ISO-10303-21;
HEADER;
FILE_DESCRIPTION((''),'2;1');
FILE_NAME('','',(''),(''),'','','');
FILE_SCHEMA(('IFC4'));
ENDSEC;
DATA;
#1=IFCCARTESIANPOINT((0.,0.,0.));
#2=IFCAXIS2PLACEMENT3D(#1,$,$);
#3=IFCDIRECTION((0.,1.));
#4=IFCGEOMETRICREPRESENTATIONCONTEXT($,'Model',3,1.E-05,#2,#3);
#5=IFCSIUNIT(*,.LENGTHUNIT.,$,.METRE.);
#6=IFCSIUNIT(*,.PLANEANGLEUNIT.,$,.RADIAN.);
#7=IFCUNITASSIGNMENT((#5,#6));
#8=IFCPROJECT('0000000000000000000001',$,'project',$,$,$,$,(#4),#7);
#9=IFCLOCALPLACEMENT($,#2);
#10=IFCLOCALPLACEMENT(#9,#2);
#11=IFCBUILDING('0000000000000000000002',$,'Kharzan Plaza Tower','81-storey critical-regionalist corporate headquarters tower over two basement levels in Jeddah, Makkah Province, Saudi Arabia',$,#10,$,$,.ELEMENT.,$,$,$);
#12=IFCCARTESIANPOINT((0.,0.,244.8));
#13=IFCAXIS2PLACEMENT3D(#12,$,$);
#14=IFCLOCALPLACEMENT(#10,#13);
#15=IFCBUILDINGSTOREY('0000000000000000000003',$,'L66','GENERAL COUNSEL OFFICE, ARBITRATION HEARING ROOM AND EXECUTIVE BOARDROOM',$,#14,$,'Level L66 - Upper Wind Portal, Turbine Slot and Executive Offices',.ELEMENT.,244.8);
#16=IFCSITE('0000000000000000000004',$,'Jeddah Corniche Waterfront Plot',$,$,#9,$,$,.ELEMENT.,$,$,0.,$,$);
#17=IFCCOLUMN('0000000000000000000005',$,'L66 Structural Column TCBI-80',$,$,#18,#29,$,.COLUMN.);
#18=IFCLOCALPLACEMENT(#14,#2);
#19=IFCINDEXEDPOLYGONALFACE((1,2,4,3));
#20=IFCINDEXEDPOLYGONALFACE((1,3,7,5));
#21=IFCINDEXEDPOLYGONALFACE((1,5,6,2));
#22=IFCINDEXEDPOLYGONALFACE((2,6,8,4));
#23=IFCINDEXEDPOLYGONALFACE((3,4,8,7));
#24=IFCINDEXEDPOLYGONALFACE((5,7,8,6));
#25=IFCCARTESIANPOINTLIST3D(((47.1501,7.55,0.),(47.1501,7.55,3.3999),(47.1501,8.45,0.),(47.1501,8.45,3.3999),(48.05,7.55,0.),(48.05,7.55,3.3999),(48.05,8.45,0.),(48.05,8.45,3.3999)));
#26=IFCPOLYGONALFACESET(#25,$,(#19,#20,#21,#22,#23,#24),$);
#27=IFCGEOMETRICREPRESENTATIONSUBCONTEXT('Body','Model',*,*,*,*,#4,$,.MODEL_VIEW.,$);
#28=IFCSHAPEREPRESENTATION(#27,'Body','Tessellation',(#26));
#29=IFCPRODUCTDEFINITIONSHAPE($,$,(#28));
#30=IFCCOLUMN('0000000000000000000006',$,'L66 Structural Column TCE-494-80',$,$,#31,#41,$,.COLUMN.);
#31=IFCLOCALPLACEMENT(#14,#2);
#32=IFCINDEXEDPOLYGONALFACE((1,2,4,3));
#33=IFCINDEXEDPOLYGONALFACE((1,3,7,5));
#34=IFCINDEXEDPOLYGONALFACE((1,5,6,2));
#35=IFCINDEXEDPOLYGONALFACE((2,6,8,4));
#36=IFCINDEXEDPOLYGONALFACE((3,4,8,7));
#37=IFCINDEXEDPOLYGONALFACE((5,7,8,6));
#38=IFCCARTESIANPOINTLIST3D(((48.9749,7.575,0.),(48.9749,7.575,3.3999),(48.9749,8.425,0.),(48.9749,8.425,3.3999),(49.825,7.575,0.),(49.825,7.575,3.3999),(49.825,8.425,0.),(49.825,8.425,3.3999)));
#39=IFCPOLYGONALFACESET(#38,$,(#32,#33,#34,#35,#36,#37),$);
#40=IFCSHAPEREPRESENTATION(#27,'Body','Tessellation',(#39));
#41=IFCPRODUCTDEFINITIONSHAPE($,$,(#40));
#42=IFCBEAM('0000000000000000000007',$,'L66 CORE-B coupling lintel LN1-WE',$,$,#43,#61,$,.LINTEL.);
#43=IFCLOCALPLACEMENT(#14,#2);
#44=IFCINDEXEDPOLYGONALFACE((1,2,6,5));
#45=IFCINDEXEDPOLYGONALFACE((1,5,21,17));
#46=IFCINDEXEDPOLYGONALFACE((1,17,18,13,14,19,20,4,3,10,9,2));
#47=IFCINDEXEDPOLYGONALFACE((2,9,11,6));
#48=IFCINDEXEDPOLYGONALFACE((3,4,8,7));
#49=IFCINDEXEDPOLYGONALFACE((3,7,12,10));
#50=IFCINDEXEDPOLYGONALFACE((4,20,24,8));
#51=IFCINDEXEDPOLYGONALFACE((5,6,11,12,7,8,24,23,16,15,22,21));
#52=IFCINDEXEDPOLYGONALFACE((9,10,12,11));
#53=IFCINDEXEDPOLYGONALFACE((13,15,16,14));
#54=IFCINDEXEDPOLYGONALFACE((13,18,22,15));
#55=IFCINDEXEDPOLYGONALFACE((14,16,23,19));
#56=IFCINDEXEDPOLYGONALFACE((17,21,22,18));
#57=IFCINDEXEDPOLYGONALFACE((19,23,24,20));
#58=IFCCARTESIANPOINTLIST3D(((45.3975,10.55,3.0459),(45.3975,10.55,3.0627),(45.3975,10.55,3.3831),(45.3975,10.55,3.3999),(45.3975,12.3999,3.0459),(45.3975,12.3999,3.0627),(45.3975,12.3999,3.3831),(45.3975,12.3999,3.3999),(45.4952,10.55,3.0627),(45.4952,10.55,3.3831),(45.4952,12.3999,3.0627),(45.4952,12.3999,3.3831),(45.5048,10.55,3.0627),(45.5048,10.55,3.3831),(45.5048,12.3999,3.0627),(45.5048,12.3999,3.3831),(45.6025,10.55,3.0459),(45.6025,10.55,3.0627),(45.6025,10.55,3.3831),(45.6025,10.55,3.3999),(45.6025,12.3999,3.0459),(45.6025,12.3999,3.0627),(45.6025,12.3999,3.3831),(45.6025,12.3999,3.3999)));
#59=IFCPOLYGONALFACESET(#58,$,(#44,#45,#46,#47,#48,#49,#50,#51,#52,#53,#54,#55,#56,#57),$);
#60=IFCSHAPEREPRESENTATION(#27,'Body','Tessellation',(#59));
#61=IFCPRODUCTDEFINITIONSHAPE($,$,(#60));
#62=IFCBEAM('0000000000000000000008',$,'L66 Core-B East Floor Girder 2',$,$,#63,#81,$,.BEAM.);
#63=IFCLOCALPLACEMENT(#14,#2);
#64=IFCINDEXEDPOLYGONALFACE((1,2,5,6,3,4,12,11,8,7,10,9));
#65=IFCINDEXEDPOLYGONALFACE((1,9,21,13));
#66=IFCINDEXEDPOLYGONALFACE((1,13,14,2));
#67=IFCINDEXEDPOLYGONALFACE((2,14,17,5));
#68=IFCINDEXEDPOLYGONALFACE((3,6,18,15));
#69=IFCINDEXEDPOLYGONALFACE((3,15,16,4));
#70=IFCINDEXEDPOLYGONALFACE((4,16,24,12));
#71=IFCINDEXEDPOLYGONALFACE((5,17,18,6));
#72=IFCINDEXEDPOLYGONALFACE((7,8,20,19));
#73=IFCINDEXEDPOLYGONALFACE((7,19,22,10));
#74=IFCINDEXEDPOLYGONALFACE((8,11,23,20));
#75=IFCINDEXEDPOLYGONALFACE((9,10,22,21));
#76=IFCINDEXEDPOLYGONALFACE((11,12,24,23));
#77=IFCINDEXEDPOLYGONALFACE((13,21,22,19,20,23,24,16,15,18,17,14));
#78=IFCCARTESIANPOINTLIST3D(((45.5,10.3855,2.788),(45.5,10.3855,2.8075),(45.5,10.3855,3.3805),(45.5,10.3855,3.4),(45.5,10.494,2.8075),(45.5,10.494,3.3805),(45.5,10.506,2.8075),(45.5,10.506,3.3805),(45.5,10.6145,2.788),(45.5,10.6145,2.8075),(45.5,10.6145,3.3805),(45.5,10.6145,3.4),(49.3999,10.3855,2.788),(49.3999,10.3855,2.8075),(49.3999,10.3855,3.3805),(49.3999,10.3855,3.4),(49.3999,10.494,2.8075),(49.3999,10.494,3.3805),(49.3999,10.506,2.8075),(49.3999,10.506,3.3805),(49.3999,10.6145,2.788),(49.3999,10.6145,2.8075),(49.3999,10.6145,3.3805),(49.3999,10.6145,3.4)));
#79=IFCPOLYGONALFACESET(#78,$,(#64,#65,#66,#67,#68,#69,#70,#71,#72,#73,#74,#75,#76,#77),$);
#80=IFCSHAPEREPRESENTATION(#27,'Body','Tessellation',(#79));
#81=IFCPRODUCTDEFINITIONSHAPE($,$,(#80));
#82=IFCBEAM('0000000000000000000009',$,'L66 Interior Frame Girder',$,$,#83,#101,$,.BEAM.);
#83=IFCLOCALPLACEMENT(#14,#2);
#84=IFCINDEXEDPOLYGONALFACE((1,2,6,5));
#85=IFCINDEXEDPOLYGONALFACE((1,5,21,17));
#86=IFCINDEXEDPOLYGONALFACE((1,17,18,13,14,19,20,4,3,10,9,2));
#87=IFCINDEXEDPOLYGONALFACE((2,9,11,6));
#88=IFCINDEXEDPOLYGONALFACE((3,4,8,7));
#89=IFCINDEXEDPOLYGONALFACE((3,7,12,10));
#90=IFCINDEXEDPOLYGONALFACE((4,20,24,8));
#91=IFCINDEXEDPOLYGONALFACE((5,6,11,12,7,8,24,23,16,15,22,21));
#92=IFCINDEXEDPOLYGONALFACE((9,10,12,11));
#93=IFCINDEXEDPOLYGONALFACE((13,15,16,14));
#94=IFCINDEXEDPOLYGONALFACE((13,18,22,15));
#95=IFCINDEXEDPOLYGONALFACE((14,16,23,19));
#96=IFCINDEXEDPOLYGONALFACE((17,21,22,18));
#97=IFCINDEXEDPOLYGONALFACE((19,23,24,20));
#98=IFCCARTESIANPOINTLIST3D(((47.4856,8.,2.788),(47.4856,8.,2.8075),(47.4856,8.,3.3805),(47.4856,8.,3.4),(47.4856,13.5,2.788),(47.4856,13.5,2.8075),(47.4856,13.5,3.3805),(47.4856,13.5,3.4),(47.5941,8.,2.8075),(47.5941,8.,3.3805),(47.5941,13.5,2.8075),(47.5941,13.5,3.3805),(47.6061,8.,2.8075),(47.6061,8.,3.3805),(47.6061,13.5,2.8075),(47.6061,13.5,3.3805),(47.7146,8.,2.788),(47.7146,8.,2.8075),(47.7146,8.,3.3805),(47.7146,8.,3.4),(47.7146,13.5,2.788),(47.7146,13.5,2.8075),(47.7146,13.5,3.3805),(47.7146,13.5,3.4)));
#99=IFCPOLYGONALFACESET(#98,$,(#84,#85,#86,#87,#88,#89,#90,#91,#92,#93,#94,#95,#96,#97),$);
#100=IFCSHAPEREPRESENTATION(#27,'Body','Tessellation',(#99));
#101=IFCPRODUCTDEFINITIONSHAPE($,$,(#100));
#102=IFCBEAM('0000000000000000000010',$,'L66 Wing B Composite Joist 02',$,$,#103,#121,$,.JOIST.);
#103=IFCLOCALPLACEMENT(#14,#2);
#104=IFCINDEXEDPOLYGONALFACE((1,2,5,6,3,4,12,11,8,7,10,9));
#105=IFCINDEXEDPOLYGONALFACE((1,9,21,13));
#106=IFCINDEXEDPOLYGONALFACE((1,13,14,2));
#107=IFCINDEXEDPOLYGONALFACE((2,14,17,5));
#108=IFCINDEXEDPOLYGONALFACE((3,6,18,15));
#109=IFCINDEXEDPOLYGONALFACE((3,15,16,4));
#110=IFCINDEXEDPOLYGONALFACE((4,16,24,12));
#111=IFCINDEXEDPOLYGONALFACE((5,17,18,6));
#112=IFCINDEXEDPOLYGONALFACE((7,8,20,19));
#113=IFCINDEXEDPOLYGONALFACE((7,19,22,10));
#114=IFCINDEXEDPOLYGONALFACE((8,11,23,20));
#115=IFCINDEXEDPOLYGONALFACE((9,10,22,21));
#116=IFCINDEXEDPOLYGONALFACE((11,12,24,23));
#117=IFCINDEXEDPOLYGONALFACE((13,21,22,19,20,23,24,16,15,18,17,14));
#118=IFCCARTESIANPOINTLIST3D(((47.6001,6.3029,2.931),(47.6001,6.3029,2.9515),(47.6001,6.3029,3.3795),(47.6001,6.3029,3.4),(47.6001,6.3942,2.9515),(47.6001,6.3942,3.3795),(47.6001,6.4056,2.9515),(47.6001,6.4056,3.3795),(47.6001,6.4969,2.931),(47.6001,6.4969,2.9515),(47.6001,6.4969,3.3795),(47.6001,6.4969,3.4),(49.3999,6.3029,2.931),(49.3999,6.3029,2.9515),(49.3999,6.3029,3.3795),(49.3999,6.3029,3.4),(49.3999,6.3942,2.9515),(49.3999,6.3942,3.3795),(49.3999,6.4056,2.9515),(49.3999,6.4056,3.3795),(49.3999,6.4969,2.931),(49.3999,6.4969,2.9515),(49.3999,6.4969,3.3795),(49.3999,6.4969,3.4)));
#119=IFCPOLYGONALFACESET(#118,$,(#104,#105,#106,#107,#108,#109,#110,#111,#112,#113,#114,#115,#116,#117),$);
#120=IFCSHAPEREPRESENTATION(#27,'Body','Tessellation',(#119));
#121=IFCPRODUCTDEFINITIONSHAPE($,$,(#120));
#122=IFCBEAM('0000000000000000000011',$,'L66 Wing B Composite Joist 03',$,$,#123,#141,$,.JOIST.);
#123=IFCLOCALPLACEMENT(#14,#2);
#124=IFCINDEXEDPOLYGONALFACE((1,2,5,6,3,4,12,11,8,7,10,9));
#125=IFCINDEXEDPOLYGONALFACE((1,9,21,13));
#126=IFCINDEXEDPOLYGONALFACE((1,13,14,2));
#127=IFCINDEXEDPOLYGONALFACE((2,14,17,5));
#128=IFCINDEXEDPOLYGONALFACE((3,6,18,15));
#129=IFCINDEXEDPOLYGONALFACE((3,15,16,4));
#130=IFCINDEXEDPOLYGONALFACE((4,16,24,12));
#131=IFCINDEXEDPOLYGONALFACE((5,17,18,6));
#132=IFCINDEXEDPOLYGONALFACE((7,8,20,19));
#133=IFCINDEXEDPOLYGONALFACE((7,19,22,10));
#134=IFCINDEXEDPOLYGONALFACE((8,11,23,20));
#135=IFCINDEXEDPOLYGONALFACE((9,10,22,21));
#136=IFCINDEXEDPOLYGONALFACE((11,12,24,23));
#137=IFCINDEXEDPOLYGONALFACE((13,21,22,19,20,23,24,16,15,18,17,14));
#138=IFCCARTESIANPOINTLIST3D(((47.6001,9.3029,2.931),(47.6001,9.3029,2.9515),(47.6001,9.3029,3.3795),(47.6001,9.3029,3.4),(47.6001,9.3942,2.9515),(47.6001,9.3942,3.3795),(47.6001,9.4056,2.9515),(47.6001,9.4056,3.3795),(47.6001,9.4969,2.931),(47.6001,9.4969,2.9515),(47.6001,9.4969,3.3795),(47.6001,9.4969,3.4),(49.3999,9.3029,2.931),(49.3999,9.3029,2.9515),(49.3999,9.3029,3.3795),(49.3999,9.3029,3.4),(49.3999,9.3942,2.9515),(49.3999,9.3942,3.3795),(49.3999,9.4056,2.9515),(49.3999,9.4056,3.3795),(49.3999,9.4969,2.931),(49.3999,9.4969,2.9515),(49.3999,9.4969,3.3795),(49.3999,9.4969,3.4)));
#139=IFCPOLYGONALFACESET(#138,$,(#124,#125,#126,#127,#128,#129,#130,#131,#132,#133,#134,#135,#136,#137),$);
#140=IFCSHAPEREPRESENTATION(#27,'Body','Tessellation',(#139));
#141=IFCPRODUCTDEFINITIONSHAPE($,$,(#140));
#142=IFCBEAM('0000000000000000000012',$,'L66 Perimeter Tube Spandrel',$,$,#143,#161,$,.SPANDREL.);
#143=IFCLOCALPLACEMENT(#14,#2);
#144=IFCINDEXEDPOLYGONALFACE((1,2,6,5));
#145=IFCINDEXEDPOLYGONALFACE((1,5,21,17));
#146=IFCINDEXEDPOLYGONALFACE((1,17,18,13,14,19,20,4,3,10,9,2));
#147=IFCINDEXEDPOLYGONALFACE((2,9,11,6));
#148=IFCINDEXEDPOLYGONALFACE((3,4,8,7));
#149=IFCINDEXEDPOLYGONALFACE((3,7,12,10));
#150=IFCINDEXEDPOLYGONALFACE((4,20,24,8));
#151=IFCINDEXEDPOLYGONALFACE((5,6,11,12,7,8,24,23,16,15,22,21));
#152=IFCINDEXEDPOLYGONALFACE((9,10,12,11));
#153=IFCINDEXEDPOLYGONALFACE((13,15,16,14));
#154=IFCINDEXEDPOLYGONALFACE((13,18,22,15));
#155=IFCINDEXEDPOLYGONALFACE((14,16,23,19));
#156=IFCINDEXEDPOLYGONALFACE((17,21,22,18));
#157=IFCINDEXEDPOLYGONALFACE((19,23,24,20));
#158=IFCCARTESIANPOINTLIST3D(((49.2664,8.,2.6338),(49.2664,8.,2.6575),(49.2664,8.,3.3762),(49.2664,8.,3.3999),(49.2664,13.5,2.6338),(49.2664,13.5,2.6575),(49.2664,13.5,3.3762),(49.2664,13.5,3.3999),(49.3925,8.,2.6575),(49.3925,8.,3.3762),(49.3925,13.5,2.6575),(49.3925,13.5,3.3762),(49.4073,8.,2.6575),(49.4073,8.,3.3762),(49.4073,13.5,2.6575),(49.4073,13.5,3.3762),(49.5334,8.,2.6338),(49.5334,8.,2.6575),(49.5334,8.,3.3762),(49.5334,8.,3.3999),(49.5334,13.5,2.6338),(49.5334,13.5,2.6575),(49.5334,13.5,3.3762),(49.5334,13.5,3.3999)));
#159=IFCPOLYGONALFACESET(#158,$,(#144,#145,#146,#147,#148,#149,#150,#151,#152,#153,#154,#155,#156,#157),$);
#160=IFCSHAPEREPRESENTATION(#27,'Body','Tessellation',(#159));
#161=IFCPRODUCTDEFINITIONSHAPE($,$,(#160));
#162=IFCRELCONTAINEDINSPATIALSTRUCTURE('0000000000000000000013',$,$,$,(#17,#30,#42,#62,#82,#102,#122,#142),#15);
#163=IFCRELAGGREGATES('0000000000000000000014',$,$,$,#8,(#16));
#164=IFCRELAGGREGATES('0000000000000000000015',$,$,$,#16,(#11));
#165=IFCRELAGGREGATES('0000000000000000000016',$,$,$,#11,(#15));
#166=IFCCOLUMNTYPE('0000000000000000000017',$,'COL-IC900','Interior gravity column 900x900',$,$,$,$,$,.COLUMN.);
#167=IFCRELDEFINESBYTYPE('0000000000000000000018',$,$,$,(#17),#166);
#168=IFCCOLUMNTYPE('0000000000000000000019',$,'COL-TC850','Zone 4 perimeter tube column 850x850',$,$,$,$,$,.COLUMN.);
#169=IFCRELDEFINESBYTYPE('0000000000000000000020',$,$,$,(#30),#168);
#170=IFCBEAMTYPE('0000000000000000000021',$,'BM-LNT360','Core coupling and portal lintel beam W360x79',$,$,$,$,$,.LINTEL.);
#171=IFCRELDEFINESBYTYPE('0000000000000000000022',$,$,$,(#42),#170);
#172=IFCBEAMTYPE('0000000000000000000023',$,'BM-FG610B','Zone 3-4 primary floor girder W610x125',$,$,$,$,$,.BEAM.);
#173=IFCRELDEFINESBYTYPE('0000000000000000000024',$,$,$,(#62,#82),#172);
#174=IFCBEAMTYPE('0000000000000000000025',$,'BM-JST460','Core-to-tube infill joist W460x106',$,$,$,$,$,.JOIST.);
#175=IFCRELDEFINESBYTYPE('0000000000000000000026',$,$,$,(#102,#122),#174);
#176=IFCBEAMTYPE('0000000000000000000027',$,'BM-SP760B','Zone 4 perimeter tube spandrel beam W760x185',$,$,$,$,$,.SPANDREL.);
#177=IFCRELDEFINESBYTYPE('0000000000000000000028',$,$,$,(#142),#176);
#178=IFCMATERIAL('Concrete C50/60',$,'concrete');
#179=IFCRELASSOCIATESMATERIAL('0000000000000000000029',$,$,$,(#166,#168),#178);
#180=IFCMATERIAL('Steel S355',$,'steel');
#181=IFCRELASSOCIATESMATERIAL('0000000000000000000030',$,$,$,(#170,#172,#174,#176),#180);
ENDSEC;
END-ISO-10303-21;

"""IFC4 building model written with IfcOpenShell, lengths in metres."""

from ifc_helpers import new_model, si_unit, direction, frame, origin, origin_2d, place, context, subcontext, project, spatial, rectangle, i_section, extrude, source, transform, mapped, material, material_profile, profile_set, type_object, element, save


model = new_model("IFC4")

# Units and contexts
model_context = context("Model", 3, precision=1e-05, world=origin(), true_north=direction((0.0, 1.0)))
body_context = subcontext(model_context, "Body", "Model", "MODEL_VIEW")
ifc_project = project(units=[si_unit("LENGTHUNIT", "METRE"), si_unit("PLANEANGLEUNIT", "RADIAN")], contexts=[model_context])

# Site, building, storey
site_placement = place(None, origin())
site = spatial("IfcSite", under=ifc_project, at=site_placement, Name="Jeddah Corniche Waterfront Plot", CompositionType="ELEMENT", RefElevation=0.0)
building_placement = place(site_placement, origin())
building = spatial("IfcBuilding", under=site, at=building_placement, Name="Kharzan Plaza Tower", Description="81-storey critical-regionalist corporate headquarters tower over two basement levels in Jeddah, Makkah Province, Saudi Arabia", CompositionType="ELEMENT")
storey_placement = place(building_placement, frame((0.0, 0.0, 244.8)))
storey = spatial("IfcBuildingStorey", under=building, at=storey_placement, Name="L66", Description="GENERAL COUNSEL OFFICE, ARBITRATION HEARING ROOM AND EXECUTIVE BOARDROOM", LongName="Level L66 - Upper Wind Portal, Turbine Slot and Executive Offices", CompositionType="ELEMENT", Elevation=244.8)

# Columns
ifc_material_1 = material(Name="Concrete C50/60", Category="concrete")
ifc_material_profile_1 = material_profile(ifc_material_1, rectangle(XDim=0.8999, YDim=0.8999, at=origin_2d()), Name="RC-IC900x900")
ifc_profile_set_1 = profile_set([ifc_material_profile_1], Name="Concrete C50/60")
column_type_1 = type_object("IfcColumnType", Name="COL-IC900", Description="Interior gravity column 900x900", PredefinedType="COLUMN", material=ifc_profile_set_1)
shared_shape_1 = source(origin(), body_context, "Body", "SweptSolid", [
    extrude(rectangle(XDim=0.8999, YDim=0.8999, at=origin_2d()), origin(), (0.0, 0.0, 1.0), 3.3999),
])
column_1_placement = place(storey_placement, frame((47.6001, 8.0, 0.0), z_axis=(0.0, 0.0, 1.0), x_axis=(1.0, 0.0, 0.0)))
element("IfcColumn", 1, at=column_1_placement, inside=storey, type_object=column_type_1, Name="L66 Structural Column TCBI-80", PredefinedType="COLUMN", context=body_context, shape_type="MappedRepresentation", body=[
    mapped(shared_shape_1, transform((0.0, 0.0, 0.0), x_axis=(1.0, 0.0, 0.0), y_axis=(0.0, 1.0, 0.0), z_axis=(0.0, 0.0, 1.0))),
])
ifc_material_profile_2 = material_profile(ifc_material_1, rectangle(XDim=0.8501, YDim=0.8501, at=origin_2d()), Name="RC-TC850x850")
ifc_profile_set_2 = profile_set([ifc_material_profile_2], Name="Concrete C50/60")
column_type_2 = type_object("IfcColumnType", Name="COL-TC850", Description="Zone 4 perimeter tube column 850x850", PredefinedType="COLUMN", material=ifc_profile_set_2)
shared_shape_2 = source(origin(), body_context, "Body", "SweptSolid", [
    extrude(rectangle(XDim=0.8501, YDim=0.8501, at=origin_2d()), origin(), (0.0, 0.0, 1.0), 3.3999),
])
column_2_placement = place(storey_placement, frame((49.3999, 8.0, 0.0), z_axis=(0.0, 0.0, 1.0), x_axis=(1.0, 0.0, 0.0)))
element("IfcColumn", 2, at=column_2_placement, inside=storey, type_object=column_type_2, Name="L66 Structural Column TCE-494-80", PredefinedType="COLUMN", context=body_context, shape_type="MappedRepresentation", body=[
    mapped(shared_shape_2, transform((0.0, 0.0, 0.0), x_axis=(1.0, 0.0, 0.0), y_axis=(0.0, 1.0, 0.0), z_axis=(0.0, 0.0, 1.0))),
])

# Beams
ifc_material_2 = material(Name="Steel S355", Category="steel")
ifc_material_profile_3 = material_profile(ifc_material_2, i_section(OverallWidth=0.2051, OverallDepth=0.354, WebThickness=0.0095, FlangeThickness=0.0168, at=origin_2d()), Name="W360x79")
ifc_profile_set_3 = profile_set([ifc_material_profile_3], Name="Steel S355")
beam_type_1 = type_object("IfcBeamType", Name="BM-LNT360", Description="Core coupling and portal lintel beam W360x79", PredefinedType="LINTEL", material=ifc_profile_set_3)
shared_shape_3 = source(origin(), body_context, "Body", "SweptSolid", [
    extrude(i_section(OverallWidth=0.2051, OverallDepth=0.354, WebThickness=0.0095, FlangeThickness=0.0168, at=origin_2d()), origin(), (0.0, 0.0, 1.0), 1.8499),
])
beam_1_placement = place(storey_placement, frame((45.5, 10.55, 3.2229), z_axis=(0.0, 1.0, 0.0), x_axis=(-1.0, 0.0, 0.0)))
element("IfcBeam", 3, at=beam_1_placement, inside=storey, type_object=beam_type_1, Name="L66 CORE-B coupling lintel LN1-WE", PredefinedType="LINTEL", context=body_context, shape_type="MappedRepresentation", body=[
    mapped(shared_shape_3, transform((0.0, 0.0, 0.0), x_axis=(1.0, 0.0, 0.0), y_axis=(0.0, 1.0, 0.0), z_axis=(0.0, 0.0, 1.0))),
])
ifc_material_profile_4 = material_profile(ifc_material_2, i_section(OverallWidth=0.229, OverallDepth=0.6121, WebThickness=0.012, FlangeThickness=0.0195, at=origin_2d()), Name="W610x125")
ifc_profile_set_4 = profile_set([ifc_material_profile_4], Name="Steel S355")
beam_type_2 = type_object("IfcBeamType", Name="BM-FG610B", Description="Zone 3-4 primary floor girder W610x125", PredefinedType="BEAM", material=ifc_profile_set_4)
shared_shape_4 = source(origin(), body_context, "Body", "SweptSolid", [
    extrude(i_section(OverallWidth=0.229, OverallDepth=0.6121, WebThickness=0.012, FlangeThickness=0.0195, at=origin_2d()), origin(), (0.0, 0.0, 1.0), 3.8999),
])
beam_2_placement = place(storey_placement, frame((45.5, 10.5, 3.094), z_axis=(1.0, 0.0, 0.0), x_axis=(0.0, 1.0, 0.0)))
element("IfcBeam", 4, at=beam_2_placement, inside=storey, type_object=beam_type_2, Name="L66 Core-B East Floor Girder 2", PredefinedType="BEAM", context=body_context, shape_type="MappedRepresentation", body=[
    mapped(shared_shape_4, transform((0.0, 0.0, 0.0), x_axis=(1.0, 0.0, 0.0), y_axis=(0.0, 1.0, 0.0), z_axis=(0.0, 0.0, 1.0))),
])
shared_shape_5 = source(origin(), body_context, "Body", "SweptSolid", [
    extrude(i_section(OverallWidth=0.229, OverallDepth=0.6121, WebThickness=0.012, FlangeThickness=0.0195, at=origin_2d()), origin(), (0.0, 0.0, 1.0), 5.5),
])
beam_3_placement = place(storey_placement, frame((47.6001, 8.0, 3.094), z_axis=(0.0, 1.0, 0.0), x_axis=(-1.0, 0.0, 0.0)))
element("IfcBeam", 5, at=beam_3_placement, inside=storey, type_object=beam_type_2, Name="L66 Interior Frame Girder", PredefinedType="BEAM", context=body_context, shape_type="MappedRepresentation", body=[
    mapped(shared_shape_5, transform((0.0, 0.0, 0.0), x_axis=(1.0, 0.0, 0.0), y_axis=(0.0, 1.0, 0.0), z_axis=(0.0, 0.0, 1.0))),
])
ifc_material_profile_5 = material_profile(ifc_material_2, i_section(OverallWidth=0.1941, OverallDepth=0.469, WebThickness=0.0115, FlangeThickness=0.0205, at=origin_2d()), Name="W460x106")
ifc_profile_set_5 = profile_set([ifc_material_profile_5], Name="Steel S355")
beam_type_3 = type_object("IfcBeamType", Name="BM-JST460", Description="Core-to-tube infill joist W460x106", PredefinedType="JOIST", material=ifc_profile_set_5)
shared_shape_6 = source(origin(), body_context, "Body", "SweptSolid", [
    extrude(i_section(OverallWidth=0.1941, OverallDepth=0.469, WebThickness=0.0115, FlangeThickness=0.0205, at=origin_2d()), origin(), (0.0, 0.0, 1.0), 1.7998),
])
for number, where, z_axis, x_axis, name in (
    (6, (47.6001, 6.3999, 3.1655), (1.0, 0.0, 0.0), (0.0, 1.0, 0.0), "L66 Wing B Composite Joist 02"),
    (7, (47.6001, 9.3999, 3.1655), (1.0, 0.0, 0.0), (0.0, 1.0, 0.0), "L66 Wing B Composite Joist 03"),
):
    element("IfcBeam", number, at=place(storey_placement, frame(where, z_axis=z_axis, x_axis=x_axis)), inside=storey, type_object=beam_type_3, Name=name, PredefinedType="JOIST", context=body_context, shape_type="MappedRepresentation", body=[
        mapped(shared_shape_6, transform((0.0, 0.0, 0.0), x_axis=(1.0, 0.0, 0.0), y_axis=(0.0, 1.0, 0.0), z_axis=(0.0, 0.0, 1.0))),
    ])
ifc_material_profile_6 = material_profile(ifc_material_2, i_section(OverallWidth=0.2671, OverallDepth=0.7661, WebThickness=0.0149, FlangeThickness=0.0237, at=origin_2d()), Name="W760x185")
ifc_profile_set_6 = profile_set([ifc_material_profile_6], Name="Steel S355")
beam_type_4 = type_object("IfcBeamType", Name="BM-SP760B", Description="Zone 4 perimeter tube spandrel beam W760x185", PredefinedType="SPANDREL", material=ifc_profile_set_6)
shared_shape_7 = source(origin(), body_context, "Body", "SweptSolid", [
    extrude(i_section(OverallWidth=0.2671, OverallDepth=0.7661, WebThickness=0.0149, FlangeThickness=0.0237, at=origin_2d()), origin(), (0.0, 0.0, 1.0), 5.5),
])
beam_4_placement = place(storey_placement, frame((49.3999, 8.0, 3.0168), z_axis=(0.0, 1.0, 0.0), x_axis=(-1.0, 0.0, 0.0)))
element("IfcBeam", 8, at=beam_4_placement, inside=storey, type_object=beam_type_4, Name="L66 Perimeter Tube Spandrel", PredefinedType="SPANDREL", context=body_context, shape_type="MappedRepresentation", body=[
    mapped(shared_shape_7, transform((0.0, 0.0, 0.0), x_axis=(1.0, 0.0, 0.0), y_axis=(0.0, 1.0, 0.0), z_axis=(0.0, 0.0, 1.0))),
])

save(model, "model.ifc")
